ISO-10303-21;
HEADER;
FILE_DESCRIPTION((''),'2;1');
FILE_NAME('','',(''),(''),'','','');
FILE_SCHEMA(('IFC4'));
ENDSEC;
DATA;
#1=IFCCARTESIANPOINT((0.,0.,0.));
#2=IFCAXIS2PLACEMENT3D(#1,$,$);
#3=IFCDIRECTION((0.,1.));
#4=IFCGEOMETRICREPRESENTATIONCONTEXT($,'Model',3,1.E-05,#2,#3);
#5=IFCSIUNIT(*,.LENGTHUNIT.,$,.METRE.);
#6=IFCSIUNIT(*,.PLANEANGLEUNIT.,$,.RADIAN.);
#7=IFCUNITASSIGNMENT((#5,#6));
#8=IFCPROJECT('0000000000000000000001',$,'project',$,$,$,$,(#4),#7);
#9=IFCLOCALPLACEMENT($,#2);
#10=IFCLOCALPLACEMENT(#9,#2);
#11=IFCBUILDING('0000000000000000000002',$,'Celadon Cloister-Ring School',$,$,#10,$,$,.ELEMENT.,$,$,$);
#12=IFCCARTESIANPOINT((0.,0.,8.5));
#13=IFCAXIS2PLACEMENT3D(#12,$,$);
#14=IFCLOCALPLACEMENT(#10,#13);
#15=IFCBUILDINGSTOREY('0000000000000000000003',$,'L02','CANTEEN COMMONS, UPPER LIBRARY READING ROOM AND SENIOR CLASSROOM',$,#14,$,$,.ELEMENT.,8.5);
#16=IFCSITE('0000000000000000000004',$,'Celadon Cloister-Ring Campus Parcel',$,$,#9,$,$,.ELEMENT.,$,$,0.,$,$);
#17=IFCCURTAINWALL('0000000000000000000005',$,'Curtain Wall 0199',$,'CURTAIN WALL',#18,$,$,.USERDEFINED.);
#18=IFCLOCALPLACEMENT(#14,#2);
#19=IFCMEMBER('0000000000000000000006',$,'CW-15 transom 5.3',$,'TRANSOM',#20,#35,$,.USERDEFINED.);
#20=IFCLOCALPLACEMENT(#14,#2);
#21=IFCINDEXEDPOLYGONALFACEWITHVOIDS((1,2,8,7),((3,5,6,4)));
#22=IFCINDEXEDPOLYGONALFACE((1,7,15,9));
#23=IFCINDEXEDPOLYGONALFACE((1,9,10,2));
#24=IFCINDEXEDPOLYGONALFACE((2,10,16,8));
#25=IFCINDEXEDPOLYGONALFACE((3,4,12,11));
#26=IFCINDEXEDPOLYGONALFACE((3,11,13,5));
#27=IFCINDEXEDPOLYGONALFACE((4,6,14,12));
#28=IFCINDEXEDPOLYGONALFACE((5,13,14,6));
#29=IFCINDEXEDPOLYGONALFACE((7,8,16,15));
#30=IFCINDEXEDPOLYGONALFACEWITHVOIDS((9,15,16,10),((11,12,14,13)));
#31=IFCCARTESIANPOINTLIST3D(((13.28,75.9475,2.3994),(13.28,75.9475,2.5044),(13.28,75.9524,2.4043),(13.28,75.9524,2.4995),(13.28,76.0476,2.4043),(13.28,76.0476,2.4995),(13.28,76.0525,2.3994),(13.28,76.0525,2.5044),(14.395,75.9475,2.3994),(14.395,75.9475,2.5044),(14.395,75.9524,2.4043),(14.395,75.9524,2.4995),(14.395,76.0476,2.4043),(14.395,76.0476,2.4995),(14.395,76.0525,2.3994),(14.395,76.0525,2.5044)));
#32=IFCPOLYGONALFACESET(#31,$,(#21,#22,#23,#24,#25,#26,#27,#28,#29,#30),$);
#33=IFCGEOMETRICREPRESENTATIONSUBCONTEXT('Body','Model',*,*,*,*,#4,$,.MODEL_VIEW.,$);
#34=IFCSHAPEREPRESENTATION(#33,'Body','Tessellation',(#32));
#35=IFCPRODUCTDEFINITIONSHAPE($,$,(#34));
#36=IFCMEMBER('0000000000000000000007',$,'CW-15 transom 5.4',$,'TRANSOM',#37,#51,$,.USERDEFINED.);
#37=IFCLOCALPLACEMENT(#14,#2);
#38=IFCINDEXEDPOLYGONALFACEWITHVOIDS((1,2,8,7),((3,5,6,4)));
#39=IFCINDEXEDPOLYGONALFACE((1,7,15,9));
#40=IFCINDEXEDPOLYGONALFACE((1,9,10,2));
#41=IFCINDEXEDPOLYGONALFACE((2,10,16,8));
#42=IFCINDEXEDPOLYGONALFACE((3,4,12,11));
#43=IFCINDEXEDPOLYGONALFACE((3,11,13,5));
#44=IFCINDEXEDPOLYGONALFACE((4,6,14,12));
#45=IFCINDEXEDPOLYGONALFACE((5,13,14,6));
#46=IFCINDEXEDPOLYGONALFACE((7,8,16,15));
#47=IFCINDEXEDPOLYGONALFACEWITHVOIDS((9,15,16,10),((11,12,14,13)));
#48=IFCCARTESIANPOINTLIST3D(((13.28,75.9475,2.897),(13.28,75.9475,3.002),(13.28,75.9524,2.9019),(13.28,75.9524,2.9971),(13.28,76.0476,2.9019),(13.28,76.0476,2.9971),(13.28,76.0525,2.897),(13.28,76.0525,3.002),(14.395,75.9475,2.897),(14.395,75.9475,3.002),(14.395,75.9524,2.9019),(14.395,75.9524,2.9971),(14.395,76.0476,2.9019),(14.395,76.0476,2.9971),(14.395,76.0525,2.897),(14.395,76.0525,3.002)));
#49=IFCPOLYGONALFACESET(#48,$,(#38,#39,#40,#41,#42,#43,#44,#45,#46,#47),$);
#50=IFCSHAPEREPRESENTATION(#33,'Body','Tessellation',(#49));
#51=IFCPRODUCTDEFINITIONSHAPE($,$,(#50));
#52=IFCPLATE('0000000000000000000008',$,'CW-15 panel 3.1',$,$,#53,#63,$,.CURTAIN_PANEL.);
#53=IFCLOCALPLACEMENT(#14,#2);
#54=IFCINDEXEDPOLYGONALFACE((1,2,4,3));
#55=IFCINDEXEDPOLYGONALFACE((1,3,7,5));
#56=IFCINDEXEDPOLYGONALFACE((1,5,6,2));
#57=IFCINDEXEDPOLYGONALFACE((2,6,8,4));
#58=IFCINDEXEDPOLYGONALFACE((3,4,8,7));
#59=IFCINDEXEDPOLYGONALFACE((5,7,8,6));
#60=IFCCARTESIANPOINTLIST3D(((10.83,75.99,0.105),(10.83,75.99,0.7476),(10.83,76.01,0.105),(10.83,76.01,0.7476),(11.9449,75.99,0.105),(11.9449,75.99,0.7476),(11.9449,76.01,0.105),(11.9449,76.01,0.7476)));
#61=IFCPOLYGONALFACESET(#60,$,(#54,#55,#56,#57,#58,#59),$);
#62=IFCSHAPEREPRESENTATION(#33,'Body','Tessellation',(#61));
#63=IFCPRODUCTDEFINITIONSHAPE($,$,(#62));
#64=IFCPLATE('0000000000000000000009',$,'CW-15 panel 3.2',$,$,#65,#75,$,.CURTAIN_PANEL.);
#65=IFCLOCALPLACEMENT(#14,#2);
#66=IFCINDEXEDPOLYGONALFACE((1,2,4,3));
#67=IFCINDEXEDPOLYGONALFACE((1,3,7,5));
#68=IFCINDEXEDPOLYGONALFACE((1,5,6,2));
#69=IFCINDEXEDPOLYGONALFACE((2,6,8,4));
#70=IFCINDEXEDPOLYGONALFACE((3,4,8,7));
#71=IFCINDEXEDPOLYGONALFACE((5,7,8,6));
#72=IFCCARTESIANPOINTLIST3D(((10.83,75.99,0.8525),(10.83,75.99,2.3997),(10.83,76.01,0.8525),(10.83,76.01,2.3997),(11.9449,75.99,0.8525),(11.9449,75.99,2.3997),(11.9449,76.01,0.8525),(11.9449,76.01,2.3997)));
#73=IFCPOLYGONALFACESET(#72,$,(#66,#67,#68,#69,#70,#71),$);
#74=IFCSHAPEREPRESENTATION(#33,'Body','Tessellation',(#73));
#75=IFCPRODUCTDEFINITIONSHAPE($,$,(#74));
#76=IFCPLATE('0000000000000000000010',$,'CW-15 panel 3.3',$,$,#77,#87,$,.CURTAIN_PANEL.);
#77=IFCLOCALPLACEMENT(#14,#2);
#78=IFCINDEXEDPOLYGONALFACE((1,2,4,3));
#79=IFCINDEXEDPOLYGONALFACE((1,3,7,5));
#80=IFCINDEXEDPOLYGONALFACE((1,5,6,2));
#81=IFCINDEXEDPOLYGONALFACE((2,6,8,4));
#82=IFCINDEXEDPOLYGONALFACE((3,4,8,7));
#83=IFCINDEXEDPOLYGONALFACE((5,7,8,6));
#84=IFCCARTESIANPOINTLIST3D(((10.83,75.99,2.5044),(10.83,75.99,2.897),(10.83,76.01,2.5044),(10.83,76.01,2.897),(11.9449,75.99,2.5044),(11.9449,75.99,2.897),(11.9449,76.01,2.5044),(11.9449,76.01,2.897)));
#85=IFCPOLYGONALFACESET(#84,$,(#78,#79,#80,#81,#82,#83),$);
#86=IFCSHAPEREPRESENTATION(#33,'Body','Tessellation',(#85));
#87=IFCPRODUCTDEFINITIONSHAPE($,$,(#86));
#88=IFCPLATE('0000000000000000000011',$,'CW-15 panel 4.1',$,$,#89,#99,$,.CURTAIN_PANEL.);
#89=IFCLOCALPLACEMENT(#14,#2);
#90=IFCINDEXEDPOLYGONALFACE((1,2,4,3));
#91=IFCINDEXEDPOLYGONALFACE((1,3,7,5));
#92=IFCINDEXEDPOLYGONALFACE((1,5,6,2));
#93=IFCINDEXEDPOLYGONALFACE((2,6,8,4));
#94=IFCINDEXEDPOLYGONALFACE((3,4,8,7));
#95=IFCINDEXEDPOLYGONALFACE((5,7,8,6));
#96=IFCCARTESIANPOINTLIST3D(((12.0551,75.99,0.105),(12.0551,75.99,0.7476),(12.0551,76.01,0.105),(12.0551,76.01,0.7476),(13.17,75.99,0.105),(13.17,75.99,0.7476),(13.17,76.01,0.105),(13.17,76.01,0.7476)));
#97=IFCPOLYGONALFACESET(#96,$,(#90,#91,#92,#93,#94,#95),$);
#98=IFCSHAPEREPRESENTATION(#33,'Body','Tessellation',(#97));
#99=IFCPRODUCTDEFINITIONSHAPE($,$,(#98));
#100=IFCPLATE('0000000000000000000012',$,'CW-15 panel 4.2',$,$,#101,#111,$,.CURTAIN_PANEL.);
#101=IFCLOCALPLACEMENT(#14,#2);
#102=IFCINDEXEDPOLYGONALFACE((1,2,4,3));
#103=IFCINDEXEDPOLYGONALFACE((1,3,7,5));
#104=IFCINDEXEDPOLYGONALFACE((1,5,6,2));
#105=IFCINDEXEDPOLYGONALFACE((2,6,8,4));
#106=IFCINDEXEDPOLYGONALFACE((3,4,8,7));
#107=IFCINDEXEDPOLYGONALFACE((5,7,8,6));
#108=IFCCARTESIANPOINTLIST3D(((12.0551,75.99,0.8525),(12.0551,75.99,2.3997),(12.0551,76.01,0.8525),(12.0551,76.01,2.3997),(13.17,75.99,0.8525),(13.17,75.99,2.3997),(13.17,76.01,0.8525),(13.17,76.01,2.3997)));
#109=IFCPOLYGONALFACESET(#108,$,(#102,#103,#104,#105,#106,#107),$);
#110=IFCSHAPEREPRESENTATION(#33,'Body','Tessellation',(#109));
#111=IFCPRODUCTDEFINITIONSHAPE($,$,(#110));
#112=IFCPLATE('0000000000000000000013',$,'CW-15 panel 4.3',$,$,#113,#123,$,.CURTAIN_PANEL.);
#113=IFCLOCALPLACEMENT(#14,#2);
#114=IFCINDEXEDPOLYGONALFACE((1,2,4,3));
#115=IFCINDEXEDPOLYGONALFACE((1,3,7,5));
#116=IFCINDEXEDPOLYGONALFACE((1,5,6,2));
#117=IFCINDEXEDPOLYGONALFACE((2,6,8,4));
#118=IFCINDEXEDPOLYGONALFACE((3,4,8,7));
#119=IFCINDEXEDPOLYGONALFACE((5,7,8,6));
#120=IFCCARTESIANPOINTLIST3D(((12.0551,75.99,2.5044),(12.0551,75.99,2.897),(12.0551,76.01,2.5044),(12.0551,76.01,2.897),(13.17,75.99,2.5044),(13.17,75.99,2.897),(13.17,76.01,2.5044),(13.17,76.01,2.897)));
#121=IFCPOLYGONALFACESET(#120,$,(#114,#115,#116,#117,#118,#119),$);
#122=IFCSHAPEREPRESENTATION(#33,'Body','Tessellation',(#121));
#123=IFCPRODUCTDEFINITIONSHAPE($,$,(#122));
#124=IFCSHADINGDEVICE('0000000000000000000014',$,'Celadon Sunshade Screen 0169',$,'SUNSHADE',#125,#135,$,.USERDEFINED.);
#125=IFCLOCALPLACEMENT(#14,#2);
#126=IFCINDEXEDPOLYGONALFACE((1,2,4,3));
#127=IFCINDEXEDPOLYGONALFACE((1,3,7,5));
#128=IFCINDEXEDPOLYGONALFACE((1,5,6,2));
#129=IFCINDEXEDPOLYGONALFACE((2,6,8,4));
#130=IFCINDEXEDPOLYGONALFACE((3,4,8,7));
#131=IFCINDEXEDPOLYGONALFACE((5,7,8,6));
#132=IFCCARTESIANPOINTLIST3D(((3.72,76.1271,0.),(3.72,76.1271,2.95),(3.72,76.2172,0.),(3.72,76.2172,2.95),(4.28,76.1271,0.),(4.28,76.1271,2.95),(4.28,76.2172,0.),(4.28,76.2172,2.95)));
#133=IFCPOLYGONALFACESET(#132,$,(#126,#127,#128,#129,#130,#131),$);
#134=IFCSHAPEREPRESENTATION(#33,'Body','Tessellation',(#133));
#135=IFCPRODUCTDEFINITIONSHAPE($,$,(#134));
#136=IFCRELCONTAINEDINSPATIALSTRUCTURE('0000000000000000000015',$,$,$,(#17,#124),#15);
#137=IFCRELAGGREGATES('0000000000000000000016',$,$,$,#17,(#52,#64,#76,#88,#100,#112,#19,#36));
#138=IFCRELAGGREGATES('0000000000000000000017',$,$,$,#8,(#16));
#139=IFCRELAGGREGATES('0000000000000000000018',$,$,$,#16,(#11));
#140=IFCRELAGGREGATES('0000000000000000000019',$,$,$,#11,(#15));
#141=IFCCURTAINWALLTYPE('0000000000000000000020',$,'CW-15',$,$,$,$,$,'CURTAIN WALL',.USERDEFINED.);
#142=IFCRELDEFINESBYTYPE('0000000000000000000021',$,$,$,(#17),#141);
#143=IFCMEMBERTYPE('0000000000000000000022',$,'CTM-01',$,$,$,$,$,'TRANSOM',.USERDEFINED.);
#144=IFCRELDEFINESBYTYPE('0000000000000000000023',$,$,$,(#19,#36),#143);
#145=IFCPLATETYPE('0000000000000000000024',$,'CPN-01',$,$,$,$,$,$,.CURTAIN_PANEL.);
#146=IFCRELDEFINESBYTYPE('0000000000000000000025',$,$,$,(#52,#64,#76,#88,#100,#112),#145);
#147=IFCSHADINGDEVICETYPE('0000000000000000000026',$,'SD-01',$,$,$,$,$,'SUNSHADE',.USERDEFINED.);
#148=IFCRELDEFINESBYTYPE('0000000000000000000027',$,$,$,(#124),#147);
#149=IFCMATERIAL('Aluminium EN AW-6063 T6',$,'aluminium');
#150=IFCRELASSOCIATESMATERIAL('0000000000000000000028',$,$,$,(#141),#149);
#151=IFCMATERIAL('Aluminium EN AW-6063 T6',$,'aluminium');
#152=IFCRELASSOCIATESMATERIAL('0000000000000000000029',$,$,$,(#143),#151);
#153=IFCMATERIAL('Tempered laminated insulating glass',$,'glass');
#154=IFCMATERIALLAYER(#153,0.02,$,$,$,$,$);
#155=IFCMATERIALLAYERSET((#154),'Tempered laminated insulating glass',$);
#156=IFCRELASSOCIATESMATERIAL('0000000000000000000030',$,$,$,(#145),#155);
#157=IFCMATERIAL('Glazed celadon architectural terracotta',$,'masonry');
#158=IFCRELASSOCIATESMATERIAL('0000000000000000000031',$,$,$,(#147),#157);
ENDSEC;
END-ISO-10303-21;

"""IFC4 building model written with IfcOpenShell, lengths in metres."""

from ifc_helpers import new_model, si_unit, direction, frame, origin, origin_2d, place, context, subcontext, project, spatial, rectangle, hollow_rectangle, extrude, material, layer, layer_set, material_profile, profile_set, type_object, element, aggregate, save


model = new_model("IFC4")

# Units and contexts
model_context = context("Model", 3, precision=1e-05, world=origin(), true_north=direction((0.0, 1.0)))
body_context = subcontext(model_context, "Body", "Model", "MODEL_VIEW")
ifc_project = project(units=[si_unit("LENGTHUNIT", "METRE"), si_unit("PLANEANGLEUNIT", "RADIAN")], contexts=[model_context])

# Site, building, storey
site_placement = place(None, origin())
site = spatial("IfcSite", under=ifc_project, at=site_placement, Name="Celadon Cloister-Ring Campus Parcel", CompositionType="ELEMENT", RefElevation=0.0)
building_placement = place(site_placement, origin())
building = spatial("IfcBuilding", under=site, at=building_placement, Name="Celadon Cloister-Ring School", CompositionType="ELEMENT")
storey_placement = place(building_placement, frame((0.0, 0.0, 8.5)))
storey = spatial("IfcBuildingStorey", under=building, at=storey_placement, Name="L02", Description="CANTEEN COMMONS, UPPER LIBRARY READING ROOM AND SENIOR CLASSROOM", CompositionType="ELEMENT", Elevation=8.5)

# Curtain wall, members, plates
ifc_material_1 = material(Name="Aluminium EN AW-6063 T6", Category="aluminium")
curtain_wall_type = type_object("IfcCurtainWallType", Name="CW-15", ElementType="CURTAIN WALL", PredefinedType="USERDEFINED", material=ifc_material_1)
curtain_wall_placement = place(storey_placement, origin())
curtain_wall = element("IfcCurtainWall", 1, at=curtain_wall_placement, inside=storey, type_object=curtain_wall_type, Name="Curtain Wall 0199", ObjectType="CURTAIN WALL", PredefinedType="USERDEFINED")
ifc_material_2 = material(Name="Aluminium EN AW-6063 T6", Category="aluminium")
ifc_material_profile_1 = material_profile(ifc_material_2, hollow_rectangle(XDim=0.105, YDim=0.105, WallThickness=0.0049, at=origin_2d()), Name="RHS105X105X5")
ifc_profile_set_1 = profile_set([ifc_material_profile_1], Name="Aluminium EN AW-6063 T6")
member_type_1 = type_object("IfcMemberType", Name="CTM-01", ElementType="TRANSOM", PredefinedType="USERDEFINED", material=ifc_profile_set_1)
member_1_placement = place(storey_placement, frame((13.28, 76.0, 2.4519), z_axis=(1.0, 0.0, 0.0), x_axis=(0.0, 1.0, 0.0)))
member_1 = element("IfcMember", 2, at=member_1_placement, type_object=member_type_1, Name="CW-15 transom 5.3", ObjectType="TRANSOM", PredefinedType="USERDEFINED", context=body_context, shape_type="SweptSolid", body=[
    extrude(hollow_rectangle(XDim=0.105, YDim=0.105, WallThickness=0.0049, at=origin_2d()), origin(), (0.0, 0.0, 1.0), 1.115),
])
member_2_placement = place(storey_placement, frame((13.28, 76.0, 2.9495), z_axis=(1.0, 0.0, 0.0), x_axis=(0.0, 1.0, 0.0)))
member_2 = element("IfcMember", 3, at=member_2_placement, type_object=member_type_1, Name="CW-15 transom 5.4", ObjectType="TRANSOM", PredefinedType="USERDEFINED", context=body_context, shape_type="SweptSolid", body=[
    extrude(hollow_rectangle(XDim=0.105, YDim=0.105, WallThickness=0.0049, at=origin_2d()), origin(), (0.0, 0.0, 1.0), 1.115),
])
ifc_material_3 = material(Name="Tempered laminated insulating glass", Category="glass")
ifc_layer = layer(ifc_material_3, 0.02)
ifc_layer_set = layer_set([ifc_layer], Name="Tempered laminated insulating glass")
plate_type = type_object("IfcPlateType", Name="CPN-01", PredefinedType="CURTAIN_PANEL", material=ifc_layer_set)
plate_1_placement = place(storey_placement, frame((11.3875, 76.0, 0.105), z_axis=(0.0, 0.0, 1.0), x_axis=(1.0, 0.0, 0.0)))
plate_1 = element("IfcPlate", 4, at=plate_1_placement, type_object=plate_type, Name="CW-15 panel 3.1", PredefinedType="CURTAIN_PANEL", context=body_context, shape_type="SweptSolid", body=[
    extrude(rectangle(XDim=1.115, YDim=0.02, at=origin_2d()), origin(), (0.0, 0.0, 1.0), 0.6426),
])
plate_2_placement = place(storey_placement, frame((11.3875, 76.0, 0.8525), z_axis=(0.0, 0.0, 1.0), x_axis=(1.0, 0.0, 0.0)))
plate_2 = element("IfcPlate", 5, at=plate_2_placement, type_object=plate_type, Name="CW-15 panel 3.2", PredefinedType="CURTAIN_PANEL", context=body_context, shape_type="SweptSolid", body=[
    extrude(rectangle(XDim=1.115, YDim=0.02, at=origin_2d()), origin(), (0.0, 0.0, 1.0), 1.5471),
])
plate_3_placement = place(storey_placement, frame((11.3875, 76.0, 2.5044), z_axis=(0.0, 0.0, 1.0), x_axis=(1.0, 0.0, 0.0)))
plate_3 = element("IfcPlate", 6, at=plate_3_placement, type_object=plate_type, Name="CW-15 panel 3.3", PredefinedType="CURTAIN_PANEL", context=body_context, shape_type="SweptSolid", body=[
    extrude(rectangle(XDim=1.115, YDim=0.02, at=origin_2d()), origin(), (0.0, 0.0, 1.0), 0.3926),
])
plate_4_placement = place(storey_placement, frame((12.6125, 76.0, 0.105), z_axis=(0.0, 0.0, 1.0), x_axis=(1.0, 0.0, 0.0)))
plate_4 = element("IfcPlate", 7, at=plate_4_placement, type_object=plate_type, Name="CW-15 panel 4.1", PredefinedType="CURTAIN_PANEL", context=body_context, shape_type="SweptSolid", body=[
    extrude(rectangle(XDim=1.115, YDim=0.02, at=origin_2d()), origin(), (0.0, 0.0, 1.0), 0.6426),
])
plate_5_placement = place(storey_placement, frame((12.6125, 76.0, 0.8525), z_axis=(0.0, 0.0, 1.0), x_axis=(1.0, 0.0, 0.0)))
plate_5 = element("IfcPlate", 8, at=plate_5_placement, type_object=plate_type, Name="CW-15 panel 4.2", PredefinedType="CURTAIN_PANEL", context=body_context, shape_type="SweptSolid", body=[
    extrude(rectangle(XDim=1.115, YDim=0.02, at=origin_2d()), origin(), (0.0, 0.0, 1.0), 1.5471),
])
plate_6_placement = place(storey_placement, frame((12.6125, 76.0, 2.5044), z_axis=(0.0, 0.0, 1.0), x_axis=(1.0, 0.0, 0.0)))
plate_6 = element("IfcPlate", 9, at=plate_6_placement, type_object=plate_type, Name="CW-15 panel 4.3", PredefinedType="CURTAIN_PANEL", context=body_context, shape_type="SweptSolid", body=[
    extrude(rectangle(XDim=1.115, YDim=0.02, at=origin_2d()), origin(), (0.0, 0.0, 1.0), 0.3926),
])
aggregate(curtain_wall, [plate_1, plate_2, plate_3, plate_4, plate_5, plate_6, member_1, member_2])

# Shading device
ifc_material_4 = material(Name="Glazed celadon architectural terracotta", Category="masonry")
shading_device_type = type_object("IfcShadingDeviceType", Name="SD-01", ElementType="SUNSHADE", PredefinedType="USERDEFINED", material=ifc_material_4)
shading_device_placement = place(storey_placement, frame((4.0, 76.1721, 0.0), z_axis=(0.0, 0.0, 1.0), x_axis=(1.0, 0.0, 0.0)))
element("IfcShadingDevice", 10, at=shading_device_placement, inside=storey, type_object=shading_device_type, Name="Celadon Sunshade Screen 0169", ObjectType="SUNSHADE", PredefinedType="USERDEFINED", context=body_context, shape_type="SweptSolid", body=[
    extrude(rectangle(XDim=0.5601, YDim=0.0901, at=origin_2d()), origin(), (0.0, 0.0, 1.0), 2.95),
])

save(model, "model.ifc")
